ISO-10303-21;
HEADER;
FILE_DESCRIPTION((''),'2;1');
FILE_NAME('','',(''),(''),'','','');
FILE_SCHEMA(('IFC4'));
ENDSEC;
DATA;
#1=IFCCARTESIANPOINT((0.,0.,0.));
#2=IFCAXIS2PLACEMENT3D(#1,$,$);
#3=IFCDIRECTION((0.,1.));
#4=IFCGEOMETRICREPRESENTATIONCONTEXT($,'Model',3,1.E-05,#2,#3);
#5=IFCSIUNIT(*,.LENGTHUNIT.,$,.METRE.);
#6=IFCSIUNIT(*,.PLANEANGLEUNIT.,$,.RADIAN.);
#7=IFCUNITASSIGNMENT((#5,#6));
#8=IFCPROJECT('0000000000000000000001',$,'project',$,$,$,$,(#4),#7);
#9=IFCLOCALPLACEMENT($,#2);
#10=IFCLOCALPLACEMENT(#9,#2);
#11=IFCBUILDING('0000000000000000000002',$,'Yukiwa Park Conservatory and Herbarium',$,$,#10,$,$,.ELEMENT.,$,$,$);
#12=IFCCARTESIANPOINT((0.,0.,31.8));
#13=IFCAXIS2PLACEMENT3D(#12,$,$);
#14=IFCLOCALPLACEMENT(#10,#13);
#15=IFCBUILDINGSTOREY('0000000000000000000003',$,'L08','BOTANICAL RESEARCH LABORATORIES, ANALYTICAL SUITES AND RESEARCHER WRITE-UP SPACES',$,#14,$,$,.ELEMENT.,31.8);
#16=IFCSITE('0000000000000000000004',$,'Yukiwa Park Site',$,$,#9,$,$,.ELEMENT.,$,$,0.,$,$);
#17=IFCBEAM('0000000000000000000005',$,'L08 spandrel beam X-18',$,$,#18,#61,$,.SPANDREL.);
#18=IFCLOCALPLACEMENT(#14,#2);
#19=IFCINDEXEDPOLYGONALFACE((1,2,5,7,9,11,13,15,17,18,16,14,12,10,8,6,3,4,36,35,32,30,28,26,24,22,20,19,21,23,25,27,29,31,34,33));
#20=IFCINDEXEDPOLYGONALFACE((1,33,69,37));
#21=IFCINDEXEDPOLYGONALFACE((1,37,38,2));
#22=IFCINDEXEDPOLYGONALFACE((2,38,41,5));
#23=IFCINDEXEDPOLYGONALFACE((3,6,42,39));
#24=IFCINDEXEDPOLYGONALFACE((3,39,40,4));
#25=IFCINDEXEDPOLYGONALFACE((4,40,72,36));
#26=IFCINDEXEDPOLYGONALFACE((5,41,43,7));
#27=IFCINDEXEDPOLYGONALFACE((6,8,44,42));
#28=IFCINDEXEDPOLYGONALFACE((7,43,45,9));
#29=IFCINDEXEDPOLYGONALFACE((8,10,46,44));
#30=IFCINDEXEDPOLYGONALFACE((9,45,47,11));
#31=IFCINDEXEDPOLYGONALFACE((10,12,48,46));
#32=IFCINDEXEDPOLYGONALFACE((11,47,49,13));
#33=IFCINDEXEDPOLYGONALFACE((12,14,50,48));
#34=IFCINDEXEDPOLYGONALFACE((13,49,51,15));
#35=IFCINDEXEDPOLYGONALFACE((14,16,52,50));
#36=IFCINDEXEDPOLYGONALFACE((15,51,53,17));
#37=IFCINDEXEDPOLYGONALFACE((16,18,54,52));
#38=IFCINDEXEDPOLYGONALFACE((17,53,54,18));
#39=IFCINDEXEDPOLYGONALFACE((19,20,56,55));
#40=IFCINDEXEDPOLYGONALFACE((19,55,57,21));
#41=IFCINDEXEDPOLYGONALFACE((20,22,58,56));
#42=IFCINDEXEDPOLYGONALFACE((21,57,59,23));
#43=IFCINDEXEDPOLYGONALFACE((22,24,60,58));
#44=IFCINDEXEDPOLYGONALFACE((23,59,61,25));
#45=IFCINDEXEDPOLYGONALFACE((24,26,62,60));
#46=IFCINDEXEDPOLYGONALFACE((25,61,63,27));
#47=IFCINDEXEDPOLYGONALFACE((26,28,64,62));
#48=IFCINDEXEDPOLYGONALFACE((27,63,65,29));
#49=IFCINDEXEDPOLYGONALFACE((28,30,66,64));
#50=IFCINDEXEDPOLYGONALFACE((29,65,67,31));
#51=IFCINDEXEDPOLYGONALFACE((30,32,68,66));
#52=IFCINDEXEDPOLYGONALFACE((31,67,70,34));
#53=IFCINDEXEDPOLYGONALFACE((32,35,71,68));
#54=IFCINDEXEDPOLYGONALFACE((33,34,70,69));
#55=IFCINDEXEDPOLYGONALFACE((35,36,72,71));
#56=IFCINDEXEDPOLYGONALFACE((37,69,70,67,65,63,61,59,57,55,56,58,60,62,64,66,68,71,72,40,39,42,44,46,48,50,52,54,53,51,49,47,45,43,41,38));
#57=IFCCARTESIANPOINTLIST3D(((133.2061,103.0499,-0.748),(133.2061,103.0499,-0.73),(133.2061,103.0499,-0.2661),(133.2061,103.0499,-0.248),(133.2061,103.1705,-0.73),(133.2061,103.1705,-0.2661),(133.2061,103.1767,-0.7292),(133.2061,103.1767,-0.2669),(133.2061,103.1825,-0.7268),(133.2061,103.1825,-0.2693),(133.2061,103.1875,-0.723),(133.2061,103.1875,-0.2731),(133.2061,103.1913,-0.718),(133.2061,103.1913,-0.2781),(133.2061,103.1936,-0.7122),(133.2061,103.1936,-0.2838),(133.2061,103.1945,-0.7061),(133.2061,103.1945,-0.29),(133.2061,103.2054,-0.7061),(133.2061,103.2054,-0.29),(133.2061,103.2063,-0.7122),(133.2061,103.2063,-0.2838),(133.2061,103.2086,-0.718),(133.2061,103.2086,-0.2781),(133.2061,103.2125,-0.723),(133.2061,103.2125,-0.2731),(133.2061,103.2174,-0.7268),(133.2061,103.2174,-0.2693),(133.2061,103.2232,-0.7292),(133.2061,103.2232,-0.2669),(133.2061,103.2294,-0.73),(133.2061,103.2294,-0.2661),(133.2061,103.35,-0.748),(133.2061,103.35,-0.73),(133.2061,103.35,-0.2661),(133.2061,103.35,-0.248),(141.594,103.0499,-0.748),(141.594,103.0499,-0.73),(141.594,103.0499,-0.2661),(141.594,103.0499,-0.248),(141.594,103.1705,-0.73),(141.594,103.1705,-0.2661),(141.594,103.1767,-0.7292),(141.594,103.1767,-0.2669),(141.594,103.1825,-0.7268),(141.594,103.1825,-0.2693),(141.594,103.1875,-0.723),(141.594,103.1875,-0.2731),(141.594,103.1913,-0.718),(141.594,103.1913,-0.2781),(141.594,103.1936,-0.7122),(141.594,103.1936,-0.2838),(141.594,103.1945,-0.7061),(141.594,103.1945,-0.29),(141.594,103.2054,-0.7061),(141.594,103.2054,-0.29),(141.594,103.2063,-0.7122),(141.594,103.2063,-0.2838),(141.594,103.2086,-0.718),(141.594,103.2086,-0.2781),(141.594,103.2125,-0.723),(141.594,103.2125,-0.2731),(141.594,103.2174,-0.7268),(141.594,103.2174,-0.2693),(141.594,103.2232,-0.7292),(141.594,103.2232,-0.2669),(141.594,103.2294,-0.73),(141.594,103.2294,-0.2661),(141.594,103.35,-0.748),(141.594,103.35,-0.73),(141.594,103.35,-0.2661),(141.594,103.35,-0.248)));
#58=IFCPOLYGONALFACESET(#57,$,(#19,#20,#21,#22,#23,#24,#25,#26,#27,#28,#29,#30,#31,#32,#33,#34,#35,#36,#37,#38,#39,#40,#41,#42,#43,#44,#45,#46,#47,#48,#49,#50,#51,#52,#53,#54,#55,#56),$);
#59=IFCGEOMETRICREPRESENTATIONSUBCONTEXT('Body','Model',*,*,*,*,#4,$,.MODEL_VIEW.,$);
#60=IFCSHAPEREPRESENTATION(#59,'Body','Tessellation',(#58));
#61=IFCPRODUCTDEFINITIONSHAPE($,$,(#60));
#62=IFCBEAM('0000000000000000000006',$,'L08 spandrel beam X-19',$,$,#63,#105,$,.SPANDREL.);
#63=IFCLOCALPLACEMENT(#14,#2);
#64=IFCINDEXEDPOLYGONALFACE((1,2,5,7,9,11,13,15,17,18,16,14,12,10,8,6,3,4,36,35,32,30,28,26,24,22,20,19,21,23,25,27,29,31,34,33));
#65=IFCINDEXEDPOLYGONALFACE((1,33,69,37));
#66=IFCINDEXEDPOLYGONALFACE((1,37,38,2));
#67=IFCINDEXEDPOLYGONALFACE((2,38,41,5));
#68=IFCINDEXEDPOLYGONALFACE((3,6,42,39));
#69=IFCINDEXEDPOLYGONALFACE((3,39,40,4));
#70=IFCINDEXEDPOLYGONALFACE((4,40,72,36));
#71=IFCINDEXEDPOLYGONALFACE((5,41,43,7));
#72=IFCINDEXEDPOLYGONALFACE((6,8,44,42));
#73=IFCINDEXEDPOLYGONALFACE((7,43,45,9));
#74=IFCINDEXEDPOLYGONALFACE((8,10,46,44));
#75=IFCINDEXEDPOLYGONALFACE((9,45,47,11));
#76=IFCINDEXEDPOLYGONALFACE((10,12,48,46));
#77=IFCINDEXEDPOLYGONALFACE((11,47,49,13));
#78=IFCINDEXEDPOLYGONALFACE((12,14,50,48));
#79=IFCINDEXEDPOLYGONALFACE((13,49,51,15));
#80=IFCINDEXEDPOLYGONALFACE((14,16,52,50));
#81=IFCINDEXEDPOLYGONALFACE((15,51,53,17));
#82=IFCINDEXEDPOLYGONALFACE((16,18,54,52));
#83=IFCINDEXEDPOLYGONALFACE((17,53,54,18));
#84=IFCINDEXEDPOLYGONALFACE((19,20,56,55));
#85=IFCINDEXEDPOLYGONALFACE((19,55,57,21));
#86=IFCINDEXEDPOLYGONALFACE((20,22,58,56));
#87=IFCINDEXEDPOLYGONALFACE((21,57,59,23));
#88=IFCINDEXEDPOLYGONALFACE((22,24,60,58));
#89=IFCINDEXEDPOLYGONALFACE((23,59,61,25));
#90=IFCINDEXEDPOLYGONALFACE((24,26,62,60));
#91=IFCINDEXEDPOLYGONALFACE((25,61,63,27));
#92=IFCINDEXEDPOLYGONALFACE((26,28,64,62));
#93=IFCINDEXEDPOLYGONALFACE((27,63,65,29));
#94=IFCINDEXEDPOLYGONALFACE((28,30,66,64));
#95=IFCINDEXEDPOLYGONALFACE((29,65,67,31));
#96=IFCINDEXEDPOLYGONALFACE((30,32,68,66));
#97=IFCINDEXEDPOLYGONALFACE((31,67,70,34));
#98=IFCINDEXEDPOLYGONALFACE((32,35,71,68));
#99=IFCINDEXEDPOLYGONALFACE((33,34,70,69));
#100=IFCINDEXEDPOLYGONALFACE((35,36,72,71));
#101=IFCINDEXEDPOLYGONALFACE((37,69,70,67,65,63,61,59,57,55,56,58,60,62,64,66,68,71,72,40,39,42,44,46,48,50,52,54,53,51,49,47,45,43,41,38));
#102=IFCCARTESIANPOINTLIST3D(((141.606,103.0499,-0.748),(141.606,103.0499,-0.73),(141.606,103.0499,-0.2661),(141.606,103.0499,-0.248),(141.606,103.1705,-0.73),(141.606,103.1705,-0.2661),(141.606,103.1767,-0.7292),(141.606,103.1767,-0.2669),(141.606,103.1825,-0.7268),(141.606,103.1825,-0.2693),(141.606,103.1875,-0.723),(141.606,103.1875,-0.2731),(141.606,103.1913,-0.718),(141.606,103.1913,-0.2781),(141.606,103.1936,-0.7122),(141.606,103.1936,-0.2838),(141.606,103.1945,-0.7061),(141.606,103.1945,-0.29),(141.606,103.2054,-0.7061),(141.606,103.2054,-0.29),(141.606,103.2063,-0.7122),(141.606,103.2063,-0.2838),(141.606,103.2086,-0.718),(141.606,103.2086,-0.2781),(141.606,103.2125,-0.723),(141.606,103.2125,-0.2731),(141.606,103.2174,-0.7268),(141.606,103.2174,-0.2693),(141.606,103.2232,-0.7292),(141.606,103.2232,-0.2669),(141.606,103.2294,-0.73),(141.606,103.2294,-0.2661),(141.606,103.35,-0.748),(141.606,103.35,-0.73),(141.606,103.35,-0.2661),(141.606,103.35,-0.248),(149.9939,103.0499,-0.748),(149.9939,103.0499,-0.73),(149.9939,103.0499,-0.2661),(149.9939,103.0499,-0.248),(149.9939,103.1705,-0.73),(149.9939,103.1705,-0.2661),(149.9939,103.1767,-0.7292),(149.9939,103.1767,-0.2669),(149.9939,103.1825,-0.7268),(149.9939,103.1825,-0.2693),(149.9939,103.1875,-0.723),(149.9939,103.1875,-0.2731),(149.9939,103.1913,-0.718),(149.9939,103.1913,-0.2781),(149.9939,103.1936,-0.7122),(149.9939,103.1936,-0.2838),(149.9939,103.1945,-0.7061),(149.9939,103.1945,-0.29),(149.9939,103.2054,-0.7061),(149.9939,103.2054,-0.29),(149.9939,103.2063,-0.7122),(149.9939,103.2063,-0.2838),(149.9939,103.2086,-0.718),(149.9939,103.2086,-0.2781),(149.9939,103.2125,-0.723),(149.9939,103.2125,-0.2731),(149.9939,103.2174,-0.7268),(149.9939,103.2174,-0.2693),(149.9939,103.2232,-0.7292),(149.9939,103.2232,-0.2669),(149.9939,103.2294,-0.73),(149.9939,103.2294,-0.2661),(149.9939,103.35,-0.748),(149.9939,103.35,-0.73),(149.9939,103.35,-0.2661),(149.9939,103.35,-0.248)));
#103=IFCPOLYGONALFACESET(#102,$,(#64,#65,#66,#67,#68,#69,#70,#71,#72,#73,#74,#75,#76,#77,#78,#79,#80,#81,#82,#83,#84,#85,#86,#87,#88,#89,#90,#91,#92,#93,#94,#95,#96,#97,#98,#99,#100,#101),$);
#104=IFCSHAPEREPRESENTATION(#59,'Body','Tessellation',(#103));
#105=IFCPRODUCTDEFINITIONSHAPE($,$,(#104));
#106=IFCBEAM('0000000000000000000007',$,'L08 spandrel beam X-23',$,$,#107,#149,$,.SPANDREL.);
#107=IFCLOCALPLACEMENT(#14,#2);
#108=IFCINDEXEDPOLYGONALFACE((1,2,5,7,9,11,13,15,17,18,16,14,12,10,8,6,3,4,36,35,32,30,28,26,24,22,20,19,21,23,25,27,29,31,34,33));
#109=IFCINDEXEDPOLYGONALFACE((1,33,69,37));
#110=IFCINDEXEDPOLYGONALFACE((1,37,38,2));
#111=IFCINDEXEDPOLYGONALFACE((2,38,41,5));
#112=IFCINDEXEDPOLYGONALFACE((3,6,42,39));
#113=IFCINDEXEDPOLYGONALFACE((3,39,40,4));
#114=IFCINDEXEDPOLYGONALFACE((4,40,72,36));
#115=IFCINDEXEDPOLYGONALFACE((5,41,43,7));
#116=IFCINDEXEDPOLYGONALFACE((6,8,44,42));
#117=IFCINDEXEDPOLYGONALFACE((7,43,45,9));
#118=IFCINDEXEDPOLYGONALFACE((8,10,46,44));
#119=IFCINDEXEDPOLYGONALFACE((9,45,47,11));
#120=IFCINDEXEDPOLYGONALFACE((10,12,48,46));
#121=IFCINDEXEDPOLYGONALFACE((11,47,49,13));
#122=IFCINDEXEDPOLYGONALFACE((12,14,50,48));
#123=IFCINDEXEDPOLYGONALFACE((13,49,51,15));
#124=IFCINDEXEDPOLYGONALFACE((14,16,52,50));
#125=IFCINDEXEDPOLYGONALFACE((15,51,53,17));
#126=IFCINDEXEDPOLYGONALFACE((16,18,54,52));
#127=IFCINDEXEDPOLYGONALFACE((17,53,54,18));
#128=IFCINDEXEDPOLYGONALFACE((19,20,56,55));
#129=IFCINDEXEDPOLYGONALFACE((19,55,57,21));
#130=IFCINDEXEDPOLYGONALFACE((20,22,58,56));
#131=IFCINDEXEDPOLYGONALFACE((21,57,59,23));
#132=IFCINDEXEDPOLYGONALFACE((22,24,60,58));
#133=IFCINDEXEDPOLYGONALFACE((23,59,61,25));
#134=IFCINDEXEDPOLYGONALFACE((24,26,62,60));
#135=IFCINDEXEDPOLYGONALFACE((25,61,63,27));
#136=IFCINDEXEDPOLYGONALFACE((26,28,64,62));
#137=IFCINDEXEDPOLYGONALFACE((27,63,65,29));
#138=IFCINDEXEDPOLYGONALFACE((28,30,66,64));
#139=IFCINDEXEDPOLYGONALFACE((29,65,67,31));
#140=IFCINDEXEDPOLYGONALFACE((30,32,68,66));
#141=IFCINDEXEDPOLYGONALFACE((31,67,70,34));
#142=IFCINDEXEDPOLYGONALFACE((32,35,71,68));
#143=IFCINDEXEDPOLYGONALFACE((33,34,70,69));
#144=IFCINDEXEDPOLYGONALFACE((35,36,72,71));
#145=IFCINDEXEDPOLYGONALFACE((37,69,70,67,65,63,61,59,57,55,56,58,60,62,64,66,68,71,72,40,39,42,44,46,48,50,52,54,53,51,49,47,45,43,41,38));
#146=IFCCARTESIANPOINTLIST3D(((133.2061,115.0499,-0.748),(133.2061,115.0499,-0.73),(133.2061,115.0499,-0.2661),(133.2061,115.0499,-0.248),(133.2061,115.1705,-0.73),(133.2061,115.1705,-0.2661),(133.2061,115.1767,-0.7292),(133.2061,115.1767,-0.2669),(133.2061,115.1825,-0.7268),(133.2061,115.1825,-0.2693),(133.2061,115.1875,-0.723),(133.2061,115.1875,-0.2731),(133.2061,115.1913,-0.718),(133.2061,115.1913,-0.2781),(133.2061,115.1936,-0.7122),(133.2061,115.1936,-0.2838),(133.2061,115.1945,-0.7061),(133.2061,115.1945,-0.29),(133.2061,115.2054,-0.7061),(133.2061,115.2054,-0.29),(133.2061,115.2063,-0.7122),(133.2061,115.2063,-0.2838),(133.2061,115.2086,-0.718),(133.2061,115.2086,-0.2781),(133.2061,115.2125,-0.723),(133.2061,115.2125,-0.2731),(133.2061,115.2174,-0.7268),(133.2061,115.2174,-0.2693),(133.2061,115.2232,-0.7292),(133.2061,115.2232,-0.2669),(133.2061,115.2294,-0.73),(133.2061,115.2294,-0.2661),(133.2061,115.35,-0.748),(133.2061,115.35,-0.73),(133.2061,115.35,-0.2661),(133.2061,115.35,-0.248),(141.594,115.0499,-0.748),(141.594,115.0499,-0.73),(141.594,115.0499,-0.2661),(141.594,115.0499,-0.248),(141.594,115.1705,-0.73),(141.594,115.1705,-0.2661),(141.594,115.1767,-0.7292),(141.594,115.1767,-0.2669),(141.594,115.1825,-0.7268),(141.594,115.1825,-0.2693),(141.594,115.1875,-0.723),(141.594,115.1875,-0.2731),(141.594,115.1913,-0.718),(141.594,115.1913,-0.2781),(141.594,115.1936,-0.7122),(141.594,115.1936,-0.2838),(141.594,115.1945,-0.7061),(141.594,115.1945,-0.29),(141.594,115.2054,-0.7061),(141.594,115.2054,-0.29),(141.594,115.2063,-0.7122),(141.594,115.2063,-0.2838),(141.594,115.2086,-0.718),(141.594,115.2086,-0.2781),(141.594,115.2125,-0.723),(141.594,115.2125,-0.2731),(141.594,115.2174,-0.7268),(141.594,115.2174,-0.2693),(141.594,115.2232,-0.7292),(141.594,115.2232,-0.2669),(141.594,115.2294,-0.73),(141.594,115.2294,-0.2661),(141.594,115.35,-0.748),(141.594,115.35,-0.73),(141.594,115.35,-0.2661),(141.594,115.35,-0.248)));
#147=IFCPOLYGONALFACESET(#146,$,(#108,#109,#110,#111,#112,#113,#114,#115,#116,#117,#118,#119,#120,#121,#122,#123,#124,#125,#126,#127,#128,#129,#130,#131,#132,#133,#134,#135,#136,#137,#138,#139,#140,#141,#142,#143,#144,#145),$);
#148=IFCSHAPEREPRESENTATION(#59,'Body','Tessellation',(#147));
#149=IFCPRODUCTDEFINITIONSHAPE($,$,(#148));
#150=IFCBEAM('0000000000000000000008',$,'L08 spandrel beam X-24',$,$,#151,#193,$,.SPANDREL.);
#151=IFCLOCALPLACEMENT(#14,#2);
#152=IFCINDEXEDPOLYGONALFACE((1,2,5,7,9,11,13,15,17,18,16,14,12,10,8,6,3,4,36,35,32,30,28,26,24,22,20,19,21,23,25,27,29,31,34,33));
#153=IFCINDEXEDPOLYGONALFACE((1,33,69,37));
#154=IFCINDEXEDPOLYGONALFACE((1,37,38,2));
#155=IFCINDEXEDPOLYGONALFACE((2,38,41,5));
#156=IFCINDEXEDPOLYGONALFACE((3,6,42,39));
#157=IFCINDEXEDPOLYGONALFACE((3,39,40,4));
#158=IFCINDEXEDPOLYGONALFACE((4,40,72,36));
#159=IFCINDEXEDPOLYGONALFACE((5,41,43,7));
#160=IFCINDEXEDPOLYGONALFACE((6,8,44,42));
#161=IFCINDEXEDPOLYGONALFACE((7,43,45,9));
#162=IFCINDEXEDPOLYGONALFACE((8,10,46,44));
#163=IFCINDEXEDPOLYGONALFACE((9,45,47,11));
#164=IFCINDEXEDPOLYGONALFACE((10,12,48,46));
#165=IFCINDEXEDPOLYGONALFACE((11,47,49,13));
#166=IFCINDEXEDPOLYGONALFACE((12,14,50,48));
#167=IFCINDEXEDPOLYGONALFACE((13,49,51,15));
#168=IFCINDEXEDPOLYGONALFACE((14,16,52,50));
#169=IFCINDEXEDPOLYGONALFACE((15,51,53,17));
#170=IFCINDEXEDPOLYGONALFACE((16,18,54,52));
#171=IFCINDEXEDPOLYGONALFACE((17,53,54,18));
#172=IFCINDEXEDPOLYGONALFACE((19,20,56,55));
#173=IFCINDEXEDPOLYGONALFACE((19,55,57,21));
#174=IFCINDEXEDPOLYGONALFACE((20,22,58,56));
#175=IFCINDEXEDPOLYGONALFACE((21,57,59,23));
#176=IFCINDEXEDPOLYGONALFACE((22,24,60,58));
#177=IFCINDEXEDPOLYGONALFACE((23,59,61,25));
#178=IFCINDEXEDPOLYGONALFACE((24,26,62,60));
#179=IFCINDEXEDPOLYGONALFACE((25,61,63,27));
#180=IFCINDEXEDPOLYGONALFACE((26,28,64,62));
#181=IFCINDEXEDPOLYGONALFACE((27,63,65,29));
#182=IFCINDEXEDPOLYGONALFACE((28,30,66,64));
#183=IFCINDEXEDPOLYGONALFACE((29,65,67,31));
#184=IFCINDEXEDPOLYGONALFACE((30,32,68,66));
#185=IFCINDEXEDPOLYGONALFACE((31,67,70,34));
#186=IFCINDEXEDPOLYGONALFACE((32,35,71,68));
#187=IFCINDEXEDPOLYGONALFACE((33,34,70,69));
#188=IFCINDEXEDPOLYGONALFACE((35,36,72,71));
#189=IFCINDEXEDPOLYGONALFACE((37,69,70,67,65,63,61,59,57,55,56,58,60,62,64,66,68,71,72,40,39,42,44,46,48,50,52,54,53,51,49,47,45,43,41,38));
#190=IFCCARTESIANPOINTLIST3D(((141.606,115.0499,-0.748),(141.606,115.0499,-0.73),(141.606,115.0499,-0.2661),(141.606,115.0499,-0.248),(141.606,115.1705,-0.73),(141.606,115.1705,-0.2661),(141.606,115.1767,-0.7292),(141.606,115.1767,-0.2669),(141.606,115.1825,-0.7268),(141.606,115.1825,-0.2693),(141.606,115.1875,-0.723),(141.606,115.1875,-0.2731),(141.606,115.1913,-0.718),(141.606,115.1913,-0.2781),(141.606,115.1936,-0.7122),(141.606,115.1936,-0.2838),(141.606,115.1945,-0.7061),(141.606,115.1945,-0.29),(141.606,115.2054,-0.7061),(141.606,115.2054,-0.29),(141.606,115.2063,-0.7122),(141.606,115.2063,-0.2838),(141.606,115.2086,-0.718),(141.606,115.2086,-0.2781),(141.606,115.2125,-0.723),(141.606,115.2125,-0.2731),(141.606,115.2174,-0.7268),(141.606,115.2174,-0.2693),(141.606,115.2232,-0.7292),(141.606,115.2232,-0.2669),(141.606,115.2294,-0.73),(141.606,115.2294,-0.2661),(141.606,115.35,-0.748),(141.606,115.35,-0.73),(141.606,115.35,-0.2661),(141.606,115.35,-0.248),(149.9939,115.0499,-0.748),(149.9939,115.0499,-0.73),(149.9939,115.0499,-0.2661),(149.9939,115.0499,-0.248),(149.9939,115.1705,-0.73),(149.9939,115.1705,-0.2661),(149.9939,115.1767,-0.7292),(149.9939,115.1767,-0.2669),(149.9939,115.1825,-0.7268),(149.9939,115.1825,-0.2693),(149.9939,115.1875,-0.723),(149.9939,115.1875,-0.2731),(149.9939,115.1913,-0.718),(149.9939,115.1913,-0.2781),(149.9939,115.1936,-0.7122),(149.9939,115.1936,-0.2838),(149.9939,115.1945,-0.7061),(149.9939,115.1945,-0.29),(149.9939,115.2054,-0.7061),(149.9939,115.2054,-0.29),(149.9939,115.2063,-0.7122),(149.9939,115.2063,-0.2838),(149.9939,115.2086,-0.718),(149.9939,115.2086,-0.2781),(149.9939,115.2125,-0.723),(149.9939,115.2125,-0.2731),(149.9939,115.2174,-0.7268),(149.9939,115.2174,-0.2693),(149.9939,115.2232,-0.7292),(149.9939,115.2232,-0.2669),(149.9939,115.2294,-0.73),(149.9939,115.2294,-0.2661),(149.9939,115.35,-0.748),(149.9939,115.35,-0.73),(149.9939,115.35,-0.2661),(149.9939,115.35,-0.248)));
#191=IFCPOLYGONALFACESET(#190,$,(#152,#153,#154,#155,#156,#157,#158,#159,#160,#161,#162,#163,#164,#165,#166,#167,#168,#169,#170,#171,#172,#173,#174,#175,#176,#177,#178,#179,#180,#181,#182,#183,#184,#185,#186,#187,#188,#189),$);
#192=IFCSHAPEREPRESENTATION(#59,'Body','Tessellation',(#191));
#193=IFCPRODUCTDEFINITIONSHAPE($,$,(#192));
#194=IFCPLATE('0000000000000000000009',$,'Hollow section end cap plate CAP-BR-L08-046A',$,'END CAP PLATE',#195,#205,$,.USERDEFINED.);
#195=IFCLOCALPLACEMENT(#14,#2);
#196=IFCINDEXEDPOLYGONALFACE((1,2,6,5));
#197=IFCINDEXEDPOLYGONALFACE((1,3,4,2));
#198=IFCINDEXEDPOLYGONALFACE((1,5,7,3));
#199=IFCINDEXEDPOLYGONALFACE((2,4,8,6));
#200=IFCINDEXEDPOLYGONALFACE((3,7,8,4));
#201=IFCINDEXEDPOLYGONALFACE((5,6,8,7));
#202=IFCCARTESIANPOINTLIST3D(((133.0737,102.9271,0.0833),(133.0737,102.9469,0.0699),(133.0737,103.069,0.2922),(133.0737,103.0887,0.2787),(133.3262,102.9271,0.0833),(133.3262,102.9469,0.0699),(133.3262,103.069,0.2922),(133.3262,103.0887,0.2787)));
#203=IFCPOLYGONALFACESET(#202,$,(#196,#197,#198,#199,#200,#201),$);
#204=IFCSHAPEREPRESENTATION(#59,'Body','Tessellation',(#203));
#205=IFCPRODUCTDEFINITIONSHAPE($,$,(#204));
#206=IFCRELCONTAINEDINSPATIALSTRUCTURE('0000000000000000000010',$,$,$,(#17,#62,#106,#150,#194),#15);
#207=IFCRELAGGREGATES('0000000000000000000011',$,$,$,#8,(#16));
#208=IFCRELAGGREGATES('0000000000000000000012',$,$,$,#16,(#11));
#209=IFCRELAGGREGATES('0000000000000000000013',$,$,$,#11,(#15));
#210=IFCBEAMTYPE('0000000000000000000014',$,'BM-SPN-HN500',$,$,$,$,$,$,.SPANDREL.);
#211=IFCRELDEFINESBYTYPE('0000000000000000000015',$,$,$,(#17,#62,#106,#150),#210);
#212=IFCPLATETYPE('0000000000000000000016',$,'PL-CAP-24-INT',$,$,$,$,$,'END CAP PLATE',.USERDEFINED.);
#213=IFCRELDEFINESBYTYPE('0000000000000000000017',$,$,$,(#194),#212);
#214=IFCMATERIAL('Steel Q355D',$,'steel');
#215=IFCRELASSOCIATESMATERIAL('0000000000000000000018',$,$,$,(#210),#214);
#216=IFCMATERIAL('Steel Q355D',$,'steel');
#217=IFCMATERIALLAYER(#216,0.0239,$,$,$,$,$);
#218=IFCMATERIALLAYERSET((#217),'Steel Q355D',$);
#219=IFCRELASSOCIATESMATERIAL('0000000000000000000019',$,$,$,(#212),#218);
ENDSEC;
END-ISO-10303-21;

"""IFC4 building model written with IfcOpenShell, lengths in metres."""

from ifc_helpers import new_model, si_unit, direction, frame, origin, origin_2d, place, context, subcontext, project, spatial, rectangle, i_section, extrude, material, layer, layer_set, material_profile, profile_set, type_object, element, save


model = new_model("IFC4")

# Units and contexts
model_context = context("Model", 3, precision=1e-05, world=origin(), true_north=direction((0.0, 1.0)))
body_context = subcontext(model_context, "Body", "Model", "MODEL_VIEW")
ifc_project = project(units=[si_unit("LENGTHUNIT", "METRE"), si_unit("PLANEANGLEUNIT", "RADIAN")], contexts=[model_context])

# Site, building, storey
site_placement = place(None, origin())
site = spatial("IfcSite", under=ifc_project, at=site_placement, Name="Yukiwa Park Site", CompositionType="ELEMENT", RefElevation=0.0)
building_placement = place(site_placement, origin())
building = spatial("IfcBuilding", under=site, at=building_placement, Name="Yukiwa Park Conservatory and Herbarium", CompositionType="ELEMENT")
storey_placement = place(building_placement, frame((0.0, 0.0, 31.8)))
storey = spatial("IfcBuildingStorey", under=building, at=storey_placement, Name="L08", Description="BOTANICAL RESEARCH LABORATORIES, ANALYTICAL SUITES AND RESEARCHER WRITE-UP SPACES", CompositionType="ELEMENT", Elevation=31.8)

# Beams
ifc_material_1 = material(Name="Steel Q355D", Category="steel")
ifc_material_profile_1 = material_profile(ifc_material_1, i_section(OverallWidth=0.3, OverallDepth=0.5, WebThickness=0.011, FlangeThickness=0.0181, FilletRadius=0.0239, at=origin_2d()), Name="HM 500x300x11x18")
ifc_profile_set_1 = profile_set([ifc_material_profile_1], Name="Steel Q355D")
beam_type_1 = type_object("IfcBeamType", Name="BM-SPN-HN500", PredefinedType="SPANDREL", material=ifc_profile_set_1)
for number, where, z_axis, x_axis, name in (
    (1, (133.2061, 103.2, -0.498), (1.0, 0.0, 0.0), (0.0, 1.0, 0.0), "L08 spandrel beam X-18"),
    (2, (141.606, 103.2, -0.498), (1.0, 0.0, 0.0), (0.0, 1.0, 0.0), "L08 spandrel beam X-19"),
    (3, (133.2061, 115.2, -0.498), (1.0, 0.0, 0.0), (0.0, 1.0, 0.0), "L08 spandrel beam X-23"),
    (4, (141.606, 115.2, -0.498), (1.0, 0.0, 0.0), (0.0, 1.0, 0.0), "L08 spandrel beam X-24"),
):
    element("IfcBeam", number, at=place(storey_placement, frame(where, z_axis=z_axis, x_axis=x_axis)), inside=storey, type_object=beam_type_1, Name=name, PredefinedType="SPANDREL", context=body_context, shape_type="SweptSolid", body=[
        extrude(i_section(OverallWidth=0.3, OverallDepth=0.5, WebThickness=0.011, FlangeThickness=0.0181, FilletRadius=0.0239, at=origin_2d()), origin(), (0.0, 0.0, 1.0), 8.3879),
    ])

# Plate
ifc_material_2 = material(Name="Steel Q355D", Category="steel")
ifc_layer_1 = layer(ifc_material_2, 0.0239)
ifc_layer_set_1 = layer_set([ifc_layer_1], Name="Steel Q355D")
plate_type = type_object("IfcPlateType", Name="PL-CAP-24-INT", ElementType="END CAP PLATE", PredefinedType="USERDEFINED", material=ifc_layer_set_1)
plate_placement = place(storey_placement, frame((133.2, 102.998, 0.1877), z_axis=(0.0, 0.827306, -0.561751), x_axis=(-1.0, 0.0, 0.0)))
element("IfcPlate", 5, at=plate_placement, inside=storey, type_object=plate_type, Name="Hollow section end cap plate CAP-BR-L08-046A", ObjectType="END CAP PLATE", PredefinedType="USERDEFINED", context=body_context, shape_type="SweptSolid", body=[
    extrude(rectangle(XDim=0.2524, YDim=0.2524, at=origin_2d()), origin(), (0.0, 0.0, 1.0), 0.0239),
])

save(model, "model.ifc")
